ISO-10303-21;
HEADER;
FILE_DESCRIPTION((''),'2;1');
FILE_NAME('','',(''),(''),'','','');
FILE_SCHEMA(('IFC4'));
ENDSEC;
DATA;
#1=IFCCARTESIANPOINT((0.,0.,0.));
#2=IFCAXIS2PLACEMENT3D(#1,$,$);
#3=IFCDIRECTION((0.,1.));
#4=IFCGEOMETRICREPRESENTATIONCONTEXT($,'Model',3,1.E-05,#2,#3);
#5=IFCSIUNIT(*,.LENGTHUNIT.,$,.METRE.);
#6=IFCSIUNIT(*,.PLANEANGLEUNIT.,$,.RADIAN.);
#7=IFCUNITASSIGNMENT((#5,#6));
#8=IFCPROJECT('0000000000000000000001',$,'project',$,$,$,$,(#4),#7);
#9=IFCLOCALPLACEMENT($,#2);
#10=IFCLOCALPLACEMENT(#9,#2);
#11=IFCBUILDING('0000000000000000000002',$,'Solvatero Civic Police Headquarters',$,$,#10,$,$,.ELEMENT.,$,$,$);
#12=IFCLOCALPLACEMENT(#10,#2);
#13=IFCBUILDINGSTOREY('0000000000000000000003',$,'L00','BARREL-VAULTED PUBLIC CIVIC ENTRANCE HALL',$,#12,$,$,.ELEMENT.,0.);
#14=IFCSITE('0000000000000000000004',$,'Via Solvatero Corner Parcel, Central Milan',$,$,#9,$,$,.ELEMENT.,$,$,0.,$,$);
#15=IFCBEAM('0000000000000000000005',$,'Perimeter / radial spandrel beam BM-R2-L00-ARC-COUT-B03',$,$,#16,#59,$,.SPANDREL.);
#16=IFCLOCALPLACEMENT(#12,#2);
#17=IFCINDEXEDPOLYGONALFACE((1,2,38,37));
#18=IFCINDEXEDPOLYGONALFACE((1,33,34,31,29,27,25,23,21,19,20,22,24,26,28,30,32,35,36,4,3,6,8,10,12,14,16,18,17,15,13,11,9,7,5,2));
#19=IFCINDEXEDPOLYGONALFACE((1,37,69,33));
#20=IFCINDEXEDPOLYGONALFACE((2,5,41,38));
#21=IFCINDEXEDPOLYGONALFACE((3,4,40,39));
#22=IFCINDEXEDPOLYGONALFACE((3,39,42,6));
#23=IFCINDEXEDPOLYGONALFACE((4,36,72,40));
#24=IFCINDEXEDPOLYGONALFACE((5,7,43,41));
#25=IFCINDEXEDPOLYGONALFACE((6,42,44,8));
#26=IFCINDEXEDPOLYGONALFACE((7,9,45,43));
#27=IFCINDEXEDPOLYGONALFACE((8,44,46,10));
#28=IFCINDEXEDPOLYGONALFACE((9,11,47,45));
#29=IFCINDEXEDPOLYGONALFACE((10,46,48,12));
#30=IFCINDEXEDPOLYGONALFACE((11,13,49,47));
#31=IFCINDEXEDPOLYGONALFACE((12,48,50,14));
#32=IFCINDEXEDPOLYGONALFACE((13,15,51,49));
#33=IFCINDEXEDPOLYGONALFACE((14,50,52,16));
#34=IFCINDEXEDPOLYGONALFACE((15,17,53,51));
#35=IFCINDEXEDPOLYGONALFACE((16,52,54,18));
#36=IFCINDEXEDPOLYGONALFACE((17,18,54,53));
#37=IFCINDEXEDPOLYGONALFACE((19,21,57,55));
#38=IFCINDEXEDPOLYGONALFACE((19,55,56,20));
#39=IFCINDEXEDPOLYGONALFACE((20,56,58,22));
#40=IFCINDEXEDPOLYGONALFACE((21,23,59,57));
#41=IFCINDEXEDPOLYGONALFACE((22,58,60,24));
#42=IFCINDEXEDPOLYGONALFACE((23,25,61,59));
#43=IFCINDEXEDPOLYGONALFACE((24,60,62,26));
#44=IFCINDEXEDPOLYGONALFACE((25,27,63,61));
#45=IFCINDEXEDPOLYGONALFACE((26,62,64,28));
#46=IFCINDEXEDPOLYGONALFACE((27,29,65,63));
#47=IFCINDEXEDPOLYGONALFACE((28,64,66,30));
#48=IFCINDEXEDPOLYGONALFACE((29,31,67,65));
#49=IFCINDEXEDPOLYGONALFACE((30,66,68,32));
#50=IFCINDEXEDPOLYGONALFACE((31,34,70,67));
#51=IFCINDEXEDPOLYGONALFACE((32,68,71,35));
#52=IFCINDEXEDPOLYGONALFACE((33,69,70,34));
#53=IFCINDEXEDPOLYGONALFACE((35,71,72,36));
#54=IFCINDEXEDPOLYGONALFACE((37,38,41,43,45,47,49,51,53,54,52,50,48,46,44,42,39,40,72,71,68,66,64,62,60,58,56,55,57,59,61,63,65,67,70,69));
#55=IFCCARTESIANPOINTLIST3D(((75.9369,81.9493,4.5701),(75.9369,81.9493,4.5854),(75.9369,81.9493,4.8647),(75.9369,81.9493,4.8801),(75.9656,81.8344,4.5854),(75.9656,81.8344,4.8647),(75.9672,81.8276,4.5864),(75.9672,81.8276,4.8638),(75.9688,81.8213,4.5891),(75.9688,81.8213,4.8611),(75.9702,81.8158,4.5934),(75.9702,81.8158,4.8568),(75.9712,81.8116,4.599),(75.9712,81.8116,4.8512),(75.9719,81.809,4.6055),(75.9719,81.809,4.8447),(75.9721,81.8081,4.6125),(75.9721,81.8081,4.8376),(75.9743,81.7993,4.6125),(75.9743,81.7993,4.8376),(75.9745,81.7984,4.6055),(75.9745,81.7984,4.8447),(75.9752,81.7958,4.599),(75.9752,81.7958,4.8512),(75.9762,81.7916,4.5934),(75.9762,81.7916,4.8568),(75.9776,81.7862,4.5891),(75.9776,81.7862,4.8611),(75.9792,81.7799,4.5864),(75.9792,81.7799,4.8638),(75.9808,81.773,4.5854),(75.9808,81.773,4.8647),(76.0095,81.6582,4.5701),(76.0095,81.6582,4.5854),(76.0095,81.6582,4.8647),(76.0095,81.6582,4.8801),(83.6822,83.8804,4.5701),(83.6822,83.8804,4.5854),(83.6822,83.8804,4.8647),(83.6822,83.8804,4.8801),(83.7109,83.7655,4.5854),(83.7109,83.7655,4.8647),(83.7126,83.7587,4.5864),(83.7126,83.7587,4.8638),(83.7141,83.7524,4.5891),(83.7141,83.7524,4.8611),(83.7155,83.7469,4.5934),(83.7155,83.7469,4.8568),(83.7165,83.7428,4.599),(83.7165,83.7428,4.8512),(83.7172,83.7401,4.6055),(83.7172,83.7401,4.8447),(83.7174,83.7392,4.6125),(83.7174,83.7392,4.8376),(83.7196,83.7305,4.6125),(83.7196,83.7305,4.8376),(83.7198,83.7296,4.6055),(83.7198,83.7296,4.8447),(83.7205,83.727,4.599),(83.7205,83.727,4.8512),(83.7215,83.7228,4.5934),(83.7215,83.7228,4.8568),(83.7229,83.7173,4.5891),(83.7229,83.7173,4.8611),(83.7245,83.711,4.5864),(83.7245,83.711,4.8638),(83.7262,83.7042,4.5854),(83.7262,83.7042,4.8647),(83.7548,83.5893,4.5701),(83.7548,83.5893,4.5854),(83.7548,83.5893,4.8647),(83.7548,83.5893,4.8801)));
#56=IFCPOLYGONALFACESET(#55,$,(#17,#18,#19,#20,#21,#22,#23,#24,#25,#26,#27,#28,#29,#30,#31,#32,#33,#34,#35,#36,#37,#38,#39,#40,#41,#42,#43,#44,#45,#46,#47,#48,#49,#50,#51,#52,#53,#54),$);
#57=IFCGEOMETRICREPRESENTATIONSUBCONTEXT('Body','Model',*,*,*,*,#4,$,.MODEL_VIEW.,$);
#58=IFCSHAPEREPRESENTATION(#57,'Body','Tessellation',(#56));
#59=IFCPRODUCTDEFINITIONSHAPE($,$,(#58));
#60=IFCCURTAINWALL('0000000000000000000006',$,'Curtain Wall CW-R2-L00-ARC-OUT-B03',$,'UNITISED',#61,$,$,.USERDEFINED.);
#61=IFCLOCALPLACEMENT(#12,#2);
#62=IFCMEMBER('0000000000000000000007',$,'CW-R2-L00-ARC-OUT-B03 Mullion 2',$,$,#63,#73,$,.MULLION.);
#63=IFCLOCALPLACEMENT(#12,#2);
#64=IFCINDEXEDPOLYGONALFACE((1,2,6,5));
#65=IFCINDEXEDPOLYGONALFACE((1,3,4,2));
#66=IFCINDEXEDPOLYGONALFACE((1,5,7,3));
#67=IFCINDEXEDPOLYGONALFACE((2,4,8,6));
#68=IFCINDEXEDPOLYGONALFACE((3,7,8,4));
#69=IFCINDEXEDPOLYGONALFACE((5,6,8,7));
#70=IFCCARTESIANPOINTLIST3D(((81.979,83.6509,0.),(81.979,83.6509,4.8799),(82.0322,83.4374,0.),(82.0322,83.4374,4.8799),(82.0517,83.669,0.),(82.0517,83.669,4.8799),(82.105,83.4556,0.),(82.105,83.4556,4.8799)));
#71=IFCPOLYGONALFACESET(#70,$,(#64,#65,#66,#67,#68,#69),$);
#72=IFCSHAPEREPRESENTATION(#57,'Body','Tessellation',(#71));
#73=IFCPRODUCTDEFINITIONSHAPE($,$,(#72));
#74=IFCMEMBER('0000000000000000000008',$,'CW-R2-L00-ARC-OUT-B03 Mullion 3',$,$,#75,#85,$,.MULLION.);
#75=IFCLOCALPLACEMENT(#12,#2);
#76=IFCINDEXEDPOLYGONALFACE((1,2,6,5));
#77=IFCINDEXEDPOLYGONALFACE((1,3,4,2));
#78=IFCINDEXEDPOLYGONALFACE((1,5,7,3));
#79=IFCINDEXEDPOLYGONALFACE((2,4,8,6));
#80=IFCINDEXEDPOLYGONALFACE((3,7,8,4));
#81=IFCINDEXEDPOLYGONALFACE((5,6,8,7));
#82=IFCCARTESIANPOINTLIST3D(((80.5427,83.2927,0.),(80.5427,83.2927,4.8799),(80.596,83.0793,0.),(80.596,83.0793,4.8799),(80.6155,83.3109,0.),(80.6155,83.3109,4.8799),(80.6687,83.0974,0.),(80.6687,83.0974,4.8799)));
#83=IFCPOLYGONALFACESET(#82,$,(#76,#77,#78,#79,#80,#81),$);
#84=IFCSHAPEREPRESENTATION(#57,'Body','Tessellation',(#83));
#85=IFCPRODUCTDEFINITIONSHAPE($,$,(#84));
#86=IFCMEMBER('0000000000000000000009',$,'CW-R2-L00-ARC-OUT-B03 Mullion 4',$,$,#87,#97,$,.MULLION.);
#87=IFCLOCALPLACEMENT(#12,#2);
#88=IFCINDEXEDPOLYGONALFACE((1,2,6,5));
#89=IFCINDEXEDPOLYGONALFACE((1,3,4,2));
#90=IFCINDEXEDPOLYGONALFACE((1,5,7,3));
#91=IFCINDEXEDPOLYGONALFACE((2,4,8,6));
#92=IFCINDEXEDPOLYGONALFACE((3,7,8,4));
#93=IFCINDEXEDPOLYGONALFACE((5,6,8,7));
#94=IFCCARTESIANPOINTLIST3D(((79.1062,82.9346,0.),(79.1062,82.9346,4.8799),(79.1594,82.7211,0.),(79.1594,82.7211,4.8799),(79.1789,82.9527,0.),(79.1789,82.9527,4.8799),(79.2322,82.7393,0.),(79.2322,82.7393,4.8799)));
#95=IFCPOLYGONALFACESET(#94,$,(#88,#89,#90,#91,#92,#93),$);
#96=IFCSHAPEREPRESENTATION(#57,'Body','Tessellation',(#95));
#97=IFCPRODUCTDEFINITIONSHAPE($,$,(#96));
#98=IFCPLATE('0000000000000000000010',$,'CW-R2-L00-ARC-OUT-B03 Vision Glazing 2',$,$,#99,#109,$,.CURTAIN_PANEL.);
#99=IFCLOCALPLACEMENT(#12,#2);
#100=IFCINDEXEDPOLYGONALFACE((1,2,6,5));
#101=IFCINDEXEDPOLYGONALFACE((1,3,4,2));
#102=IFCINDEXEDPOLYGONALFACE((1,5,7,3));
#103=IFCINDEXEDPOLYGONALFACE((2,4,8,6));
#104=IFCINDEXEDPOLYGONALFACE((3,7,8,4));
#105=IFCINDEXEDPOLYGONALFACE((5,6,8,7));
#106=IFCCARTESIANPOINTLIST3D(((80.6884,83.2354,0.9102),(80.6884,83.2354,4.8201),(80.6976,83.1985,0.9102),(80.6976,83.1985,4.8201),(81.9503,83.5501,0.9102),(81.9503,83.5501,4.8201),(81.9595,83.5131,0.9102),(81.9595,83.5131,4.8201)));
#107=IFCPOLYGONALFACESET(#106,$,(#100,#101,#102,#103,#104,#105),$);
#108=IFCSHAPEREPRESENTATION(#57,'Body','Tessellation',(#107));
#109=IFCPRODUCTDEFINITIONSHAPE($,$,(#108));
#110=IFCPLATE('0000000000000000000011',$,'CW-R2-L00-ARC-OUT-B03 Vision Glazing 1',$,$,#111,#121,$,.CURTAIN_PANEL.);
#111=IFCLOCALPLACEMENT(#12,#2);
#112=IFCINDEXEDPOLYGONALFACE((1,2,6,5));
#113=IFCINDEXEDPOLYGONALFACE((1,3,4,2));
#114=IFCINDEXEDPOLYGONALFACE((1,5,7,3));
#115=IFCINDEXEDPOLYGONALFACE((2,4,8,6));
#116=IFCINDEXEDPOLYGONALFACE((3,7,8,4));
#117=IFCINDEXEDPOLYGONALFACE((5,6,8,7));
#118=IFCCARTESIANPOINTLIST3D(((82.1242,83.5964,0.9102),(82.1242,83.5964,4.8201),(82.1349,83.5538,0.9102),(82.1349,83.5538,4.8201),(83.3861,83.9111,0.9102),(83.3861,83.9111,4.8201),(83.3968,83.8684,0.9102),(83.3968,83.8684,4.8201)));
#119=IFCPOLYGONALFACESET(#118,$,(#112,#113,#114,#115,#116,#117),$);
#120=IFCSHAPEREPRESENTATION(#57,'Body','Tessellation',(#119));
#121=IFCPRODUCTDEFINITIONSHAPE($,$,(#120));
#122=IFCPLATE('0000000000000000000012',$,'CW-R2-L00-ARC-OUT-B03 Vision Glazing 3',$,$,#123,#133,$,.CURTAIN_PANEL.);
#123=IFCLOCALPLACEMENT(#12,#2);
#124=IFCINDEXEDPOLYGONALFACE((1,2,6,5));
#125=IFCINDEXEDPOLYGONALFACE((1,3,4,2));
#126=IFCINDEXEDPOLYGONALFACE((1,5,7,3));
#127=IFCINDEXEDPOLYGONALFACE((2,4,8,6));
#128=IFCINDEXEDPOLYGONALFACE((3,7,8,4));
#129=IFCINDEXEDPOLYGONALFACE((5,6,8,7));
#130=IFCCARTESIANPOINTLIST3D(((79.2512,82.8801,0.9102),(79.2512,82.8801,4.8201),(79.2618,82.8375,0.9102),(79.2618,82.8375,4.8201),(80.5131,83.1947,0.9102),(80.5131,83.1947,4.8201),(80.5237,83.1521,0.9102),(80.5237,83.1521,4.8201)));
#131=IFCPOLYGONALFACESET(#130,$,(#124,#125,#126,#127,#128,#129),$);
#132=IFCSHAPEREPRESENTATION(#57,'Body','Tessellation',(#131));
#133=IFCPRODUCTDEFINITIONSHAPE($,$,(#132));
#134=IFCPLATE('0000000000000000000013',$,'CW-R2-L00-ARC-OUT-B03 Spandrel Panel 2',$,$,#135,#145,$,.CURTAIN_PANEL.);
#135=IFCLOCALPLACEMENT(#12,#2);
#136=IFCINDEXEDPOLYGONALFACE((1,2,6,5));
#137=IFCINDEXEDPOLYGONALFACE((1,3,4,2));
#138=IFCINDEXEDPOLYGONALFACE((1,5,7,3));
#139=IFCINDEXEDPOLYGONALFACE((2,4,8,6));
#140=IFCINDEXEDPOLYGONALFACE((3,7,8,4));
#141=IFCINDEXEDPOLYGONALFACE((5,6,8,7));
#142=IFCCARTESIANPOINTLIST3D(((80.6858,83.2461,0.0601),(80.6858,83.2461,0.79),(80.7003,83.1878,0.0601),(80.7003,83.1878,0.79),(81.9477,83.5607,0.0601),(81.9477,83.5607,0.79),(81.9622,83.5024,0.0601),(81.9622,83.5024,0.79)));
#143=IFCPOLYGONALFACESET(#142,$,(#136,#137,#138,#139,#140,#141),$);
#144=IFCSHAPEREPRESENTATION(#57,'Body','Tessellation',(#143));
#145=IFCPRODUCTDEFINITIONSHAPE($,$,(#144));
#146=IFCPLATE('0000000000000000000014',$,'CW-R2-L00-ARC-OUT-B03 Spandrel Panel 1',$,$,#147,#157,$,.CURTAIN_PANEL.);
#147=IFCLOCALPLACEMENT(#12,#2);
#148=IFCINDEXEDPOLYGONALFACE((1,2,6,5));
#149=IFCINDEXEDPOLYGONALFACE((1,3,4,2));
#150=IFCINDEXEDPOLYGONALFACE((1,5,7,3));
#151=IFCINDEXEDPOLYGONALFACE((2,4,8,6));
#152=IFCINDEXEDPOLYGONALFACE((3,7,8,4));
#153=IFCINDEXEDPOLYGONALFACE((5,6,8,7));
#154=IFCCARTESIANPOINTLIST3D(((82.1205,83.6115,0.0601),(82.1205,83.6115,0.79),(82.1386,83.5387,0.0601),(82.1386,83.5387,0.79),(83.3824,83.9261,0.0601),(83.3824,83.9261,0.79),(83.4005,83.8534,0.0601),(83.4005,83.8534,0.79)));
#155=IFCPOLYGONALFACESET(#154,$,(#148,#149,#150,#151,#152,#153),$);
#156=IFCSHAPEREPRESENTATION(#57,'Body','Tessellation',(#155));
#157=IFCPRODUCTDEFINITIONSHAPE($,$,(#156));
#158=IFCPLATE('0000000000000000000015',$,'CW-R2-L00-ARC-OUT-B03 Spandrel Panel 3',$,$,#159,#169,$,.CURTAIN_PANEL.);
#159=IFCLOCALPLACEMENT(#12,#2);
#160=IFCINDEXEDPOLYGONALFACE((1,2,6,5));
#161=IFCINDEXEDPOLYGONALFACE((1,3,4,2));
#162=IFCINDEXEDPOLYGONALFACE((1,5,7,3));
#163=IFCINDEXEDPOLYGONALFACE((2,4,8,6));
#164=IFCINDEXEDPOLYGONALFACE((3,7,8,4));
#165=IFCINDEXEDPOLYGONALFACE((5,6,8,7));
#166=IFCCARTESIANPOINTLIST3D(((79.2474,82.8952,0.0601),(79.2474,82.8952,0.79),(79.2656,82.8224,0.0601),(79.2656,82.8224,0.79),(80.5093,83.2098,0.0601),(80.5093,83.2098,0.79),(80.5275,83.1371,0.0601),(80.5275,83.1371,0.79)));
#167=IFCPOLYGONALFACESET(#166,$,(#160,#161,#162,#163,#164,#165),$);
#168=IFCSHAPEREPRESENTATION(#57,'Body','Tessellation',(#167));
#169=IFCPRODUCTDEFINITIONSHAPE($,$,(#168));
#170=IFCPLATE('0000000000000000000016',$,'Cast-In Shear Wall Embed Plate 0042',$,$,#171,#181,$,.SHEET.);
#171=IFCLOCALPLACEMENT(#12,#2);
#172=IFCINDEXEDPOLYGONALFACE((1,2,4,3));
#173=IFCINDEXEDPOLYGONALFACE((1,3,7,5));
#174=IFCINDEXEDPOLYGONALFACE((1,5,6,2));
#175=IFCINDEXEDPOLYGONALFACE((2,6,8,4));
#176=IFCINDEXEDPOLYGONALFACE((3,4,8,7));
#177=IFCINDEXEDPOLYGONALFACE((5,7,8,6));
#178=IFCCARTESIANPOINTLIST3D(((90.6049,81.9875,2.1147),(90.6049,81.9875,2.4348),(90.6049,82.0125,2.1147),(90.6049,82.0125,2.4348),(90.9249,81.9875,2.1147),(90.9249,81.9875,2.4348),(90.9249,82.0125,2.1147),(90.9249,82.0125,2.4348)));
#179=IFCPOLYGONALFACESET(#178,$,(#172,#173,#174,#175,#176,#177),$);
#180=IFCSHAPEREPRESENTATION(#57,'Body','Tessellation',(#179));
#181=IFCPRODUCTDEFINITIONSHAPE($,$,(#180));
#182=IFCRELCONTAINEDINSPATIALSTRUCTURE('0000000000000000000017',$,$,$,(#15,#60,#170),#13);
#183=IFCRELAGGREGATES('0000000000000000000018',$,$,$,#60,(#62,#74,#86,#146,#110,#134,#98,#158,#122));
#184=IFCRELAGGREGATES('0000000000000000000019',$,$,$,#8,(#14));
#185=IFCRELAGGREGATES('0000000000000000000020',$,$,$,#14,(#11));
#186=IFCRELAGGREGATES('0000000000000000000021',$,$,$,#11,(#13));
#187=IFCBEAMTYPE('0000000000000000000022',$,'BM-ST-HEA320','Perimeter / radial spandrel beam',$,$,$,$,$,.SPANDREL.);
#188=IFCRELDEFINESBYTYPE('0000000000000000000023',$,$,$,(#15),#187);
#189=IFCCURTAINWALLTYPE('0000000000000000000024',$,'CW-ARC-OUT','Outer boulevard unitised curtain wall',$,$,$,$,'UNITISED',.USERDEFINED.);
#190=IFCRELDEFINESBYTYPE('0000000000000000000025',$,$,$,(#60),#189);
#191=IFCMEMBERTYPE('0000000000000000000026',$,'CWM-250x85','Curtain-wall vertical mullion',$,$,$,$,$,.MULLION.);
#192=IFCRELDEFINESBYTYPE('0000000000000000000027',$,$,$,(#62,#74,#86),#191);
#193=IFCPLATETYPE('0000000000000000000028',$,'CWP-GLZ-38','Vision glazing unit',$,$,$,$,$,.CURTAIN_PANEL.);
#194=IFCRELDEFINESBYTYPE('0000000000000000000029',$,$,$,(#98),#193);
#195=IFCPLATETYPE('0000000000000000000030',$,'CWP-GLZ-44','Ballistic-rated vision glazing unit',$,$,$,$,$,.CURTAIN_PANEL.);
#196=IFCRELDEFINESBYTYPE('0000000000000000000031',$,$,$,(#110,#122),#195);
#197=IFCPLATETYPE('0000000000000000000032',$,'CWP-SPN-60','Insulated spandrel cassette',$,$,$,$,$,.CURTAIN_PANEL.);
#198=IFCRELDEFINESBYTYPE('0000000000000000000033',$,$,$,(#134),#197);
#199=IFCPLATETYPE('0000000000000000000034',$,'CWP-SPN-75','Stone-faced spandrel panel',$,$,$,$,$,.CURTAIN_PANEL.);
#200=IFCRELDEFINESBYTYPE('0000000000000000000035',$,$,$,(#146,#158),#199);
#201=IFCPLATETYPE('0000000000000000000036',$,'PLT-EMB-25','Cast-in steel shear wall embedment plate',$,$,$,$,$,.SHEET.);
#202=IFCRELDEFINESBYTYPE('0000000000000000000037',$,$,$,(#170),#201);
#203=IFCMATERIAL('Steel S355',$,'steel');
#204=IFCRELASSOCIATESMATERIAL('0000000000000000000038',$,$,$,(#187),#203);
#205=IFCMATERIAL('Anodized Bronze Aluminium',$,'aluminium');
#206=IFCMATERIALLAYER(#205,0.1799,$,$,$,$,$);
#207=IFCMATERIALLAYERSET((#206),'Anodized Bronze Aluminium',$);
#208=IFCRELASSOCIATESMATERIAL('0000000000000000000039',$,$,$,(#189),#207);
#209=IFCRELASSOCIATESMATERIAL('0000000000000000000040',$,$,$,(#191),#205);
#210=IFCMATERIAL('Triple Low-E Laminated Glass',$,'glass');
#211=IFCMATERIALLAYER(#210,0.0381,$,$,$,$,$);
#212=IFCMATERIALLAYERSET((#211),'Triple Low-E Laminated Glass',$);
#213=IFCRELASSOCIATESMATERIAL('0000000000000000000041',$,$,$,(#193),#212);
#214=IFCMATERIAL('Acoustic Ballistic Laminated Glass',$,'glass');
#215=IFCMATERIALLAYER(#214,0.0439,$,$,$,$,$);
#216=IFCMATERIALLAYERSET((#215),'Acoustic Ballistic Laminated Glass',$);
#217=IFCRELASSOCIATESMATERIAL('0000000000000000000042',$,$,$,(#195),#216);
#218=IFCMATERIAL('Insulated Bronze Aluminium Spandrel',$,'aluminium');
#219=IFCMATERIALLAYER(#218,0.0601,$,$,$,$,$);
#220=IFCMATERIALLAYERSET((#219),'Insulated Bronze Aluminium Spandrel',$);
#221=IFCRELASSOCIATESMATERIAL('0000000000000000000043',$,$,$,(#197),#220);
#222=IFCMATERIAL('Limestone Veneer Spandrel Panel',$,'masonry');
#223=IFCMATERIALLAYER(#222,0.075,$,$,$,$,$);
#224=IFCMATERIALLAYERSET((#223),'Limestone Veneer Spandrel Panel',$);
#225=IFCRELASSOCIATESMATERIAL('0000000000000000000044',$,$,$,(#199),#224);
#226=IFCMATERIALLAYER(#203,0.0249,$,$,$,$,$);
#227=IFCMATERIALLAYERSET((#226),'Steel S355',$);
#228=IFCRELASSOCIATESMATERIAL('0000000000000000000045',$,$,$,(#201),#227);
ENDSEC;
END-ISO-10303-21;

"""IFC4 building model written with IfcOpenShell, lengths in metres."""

from ifc_helpers import new_model, si_unit, direction, frame, origin, origin_2d, place, context, subcontext, project, spatial, rectangle, i_section, extrude, material, layer, layer_set, material_profile, profile_set, type_object, element, aggregate, save


model = new_model("IFC4")

# Units and contexts
model_context = context("Model", 3, precision=1e-05, world=origin(), true_north=direction((0.0, 1.0)))
body_context = subcontext(model_context, "Body", "Model", "MODEL_VIEW")
ifc_project = project(units=[si_unit("LENGTHUNIT", "METRE"), si_unit("PLANEANGLEUNIT", "RADIAN")], contexts=[model_context])

# Site, building, storey
site_placement = place(None, origin())
site = spatial("IfcSite", under=ifc_project, at=site_placement, Name="Via Solvatero Corner Parcel, Central Milan", CompositionType="ELEMENT", RefElevation=0.0)
building_placement = place(site_placement, origin())
building = spatial("IfcBuilding", under=site, at=building_placement, Name="Solvatero Civic Police Headquarters", CompositionType="ELEMENT")
storey_placement = place(building_placement, origin())
storey = spatial("IfcBuildingStorey", under=building, at=storey_placement, Name="L00", Description="BARREL-VAULTED PUBLIC CIVIC ENTRANCE HALL", CompositionType="ELEMENT", Elevation=0.0)

# Beam
ifc_material_1 = material(Name="Steel S355", Category="steel")
ifc_material_profile_1 = material_profile(ifc_material_1, i_section(OverallWidth=0.3, OverallDepth=0.3101, WebThickness=0.009, FlangeThickness=0.0154, FilletRadius=0.0271, at=origin_2d()), Name="HEA 320")
ifc_profile_set_1 = profile_set([ifc_material_profile_1], Name="Steel S355")
beam_type = type_object("IfcBeamType", Name="BM-ST-HEA320", Description="Perimeter / radial spandrel beam", PredefinedType="SPANDREL", material=ifc_profile_set_1)
beam_placement = place(storey_placement, frame((83.7185, 83.7349, 4.7251), z_axis=(-0.970295, -0.241924, 0.0), x_axis=(0.241924, -0.970295, 0.0)))
element("IfcBeam", 1, at=beam_placement, inside=storey, type_object=beam_type, Name="Perimeter / radial spandrel beam BM-R2-L00-ARC-COUT-B03", PredefinedType="SPANDREL", context=body_context, shape_type="SweptSolid", body=[
    extrude(i_section(OverallWidth=0.3, OverallDepth=0.3101, WebThickness=0.009, FlangeThickness=0.0154, FilletRadius=0.0271, at=origin_2d()), origin(), (0.0, 0.0, 1.0), 7.9824),
])

# Curtain wall, members, plates
ifc_material_2 = material(Name="Anodized Bronze Aluminium", Category="aluminium")
ifc_layer_1 = layer(ifc_material_2, 0.1799)
ifc_layer_set_1 = layer_set([ifc_layer_1], Name="Anodized Bronze Aluminium")
curtain_wall_type = type_object("IfcCurtainWallType", Name="CW-ARC-OUT", Description="Outer boulevard unitised curtain wall", ElementType="UNITISED", PredefinedType="USERDEFINED", material=ifc_layer_set_1)
curtain_wall_placement = place(storey_placement, origin())
curtain_wall = element("IfcCurtainWall", 2, at=curtain_wall_placement, inside=storey, type_object=curtain_wall_type, Name="Curtain Wall CW-R2-L00-ARC-OUT-B03", ObjectType="UNITISED", PredefinedType="USERDEFINED")
ifc_material_profile_2 = material_profile(ifc_material_2, rectangle(XDim=0.075, YDim=0.22, at=origin_2d()), Name="ALU MULLION 75x220")
ifc_profile_set_2 = profile_set([ifc_material_profile_2], Name="Anodized Bronze Aluminium")
member_type = type_object("IfcMemberType", Name="CWM-250x85", Description="Curtain-wall vertical mullion", PredefinedType="MULLION", material=ifc_profile_set_2)
member_1_placement = place(storey_placement, frame((82.042, 83.5532, 0.0), z_axis=(0.0, 0.0, 1.0), x_axis=(-0.970296, -0.241922, 0.0)))
member_1 = element("IfcMember", 3, at=member_1_placement, type_object=member_type, Name="CW-R2-L00-ARC-OUT-B03 Mullion 2", PredefinedType="MULLION", context=body_context, shape_type="SweptSolid", body=[
    extrude(rectangle(XDim=0.075, YDim=0.22, at=origin_2d()), origin(), (0.0, 0.0, 1.0), 4.8799),
])
member_2_placement = place(storey_placement, frame((80.6057, 83.1951, 0.0), z_axis=(0.0, 0.0, 1.0), x_axis=(-0.970296, -0.241922, 0.0)))
member_2 = element("IfcMember", 4, at=member_2_placement, type_object=member_type, Name="CW-R2-L00-ARC-OUT-B03 Mullion 3", PredefinedType="MULLION", context=body_context, shape_type="SweptSolid", body=[
    extrude(rectangle(XDim=0.075, YDim=0.22, at=origin_2d()), origin(), (0.0, 0.0, 1.0), 4.8799),
])
member_3_placement = place(storey_placement, frame((79.1692, 82.8369, 0.0), z_axis=(0.0, 0.0, 1.0), x_axis=(-0.970296, -0.241922, 0.0)))
member_3 = element("IfcMember", 5, at=member_3_placement, type_object=member_type, Name="CW-R2-L00-ARC-OUT-B03 Mullion 4", PredefinedType="MULLION", context=body_context, shape_type="SweptSolid", body=[
    extrude(rectangle(XDim=0.075, YDim=0.22, at=origin_2d()), origin(), (0.0, 0.0, 1.0), 4.8799),
])
ifc_material_3 = material(Name="Triple Low-E Laminated Glass", Category="glass")
ifc_layer_2 = layer(ifc_material_3, 0.0381)
ifc_layer_set_2 = layer_set([ifc_layer_2], Name="Triple Low-E Laminated Glass")
plate_type_1 = type_object("IfcPlateType", Name="CWP-GLZ-38", Description="Vision glazing unit", PredefinedType="CURTAIN_PANEL", material=ifc_layer_set_2)
plate_1_placement = place(storey_placement, frame((81.324, 83.3743, 0.9102), z_axis=(0.0, 0.0, 1.0), x_axis=(-0.970296, -0.241922, 0.0)))
plate_1 = element("IfcPlate", 6, at=plate_1_placement, type_object=plate_type_1, Name="CW-R2-L00-ARC-OUT-B03 Vision Glazing 2", PredefinedType="CURTAIN_PANEL", context=body_context, shape_type="SweptSolid", body=[
    extrude(rectangle(XDim=1.3005, YDim=0.0381, at=origin_2d()), origin(), (0.0, 0.0, 1.0), 3.9099),
])
ifc_material_4 = material(Name="Acoustic Ballistic Laminated Glass", Category="glass")
ifc_layer_3 = layer(ifc_material_4, 0.0439)
ifc_layer_set_3 = layer_set([ifc_layer_3], Name="Acoustic Ballistic Laminated Glass")
plate_type_2 = type_object("IfcPlateType", Name="CWP-GLZ-44", Description="Ballistic-rated vision glazing unit", PredefinedType="CURTAIN_PANEL", material=ifc_layer_set_3)
plate_2_placement = place(storey_placement, frame((82.7605, 83.7324, 0.9102), z_axis=(0.0, 0.0, 1.0), x_axis=(-0.970296, -0.241922, 0.0)))
plate_2 = element("IfcPlate", 7, at=plate_2_placement, type_object=plate_type_2, Name="CW-R2-L00-ARC-OUT-B03 Vision Glazing 1", PredefinedType="CURTAIN_PANEL", context=body_context, shape_type="SweptSolid", body=[
    extrude(rectangle(XDim=1.3005, YDim=0.0439, at=origin_2d()), origin(), (0.0, 0.0, 1.0), 3.9099),
])
plate_3_placement = place(storey_placement, frame((79.8875, 83.0161, 0.9102), z_axis=(0.0, 0.0, 1.0), x_axis=(-0.970296, -0.241922, 0.0)))
plate_3 = element("IfcPlate", 8, at=plate_3_placement, type_object=plate_type_2, Name="CW-R2-L00-ARC-OUT-B03 Vision Glazing 3", PredefinedType="CURTAIN_PANEL", context=body_context, shape_type="SweptSolid", body=[
    extrude(rectangle(XDim=1.3005, YDim=0.0439, at=origin_2d()), origin(), (0.0, 0.0, 1.0), 3.9099),
])
ifc_material_5 = material(Name="Insulated Bronze Aluminium Spandrel", Category="aluminium")
ifc_layer_4 = layer(ifc_material_5, 0.0601)
ifc_layer_set_4 = layer_set([ifc_layer_4], Name="Insulated Bronze Aluminium Spandrel")
plate_type_3 = type_object("IfcPlateType", Name="CWP-SPN-60", Description="Insulated spandrel cassette", PredefinedType="CURTAIN_PANEL", material=ifc_layer_set_4)
plate_4_placement = place(storey_placement, frame((81.324, 83.3743, 0.0601), z_axis=(0.0, 0.0, 1.0), x_axis=(-0.970296, -0.241922, 0.0)))
plate_4 = element("IfcPlate", 9, at=plate_4_placement, type_object=plate_type_3, Name="CW-R2-L00-ARC-OUT-B03 Spandrel Panel 2", PredefinedType="CURTAIN_PANEL", context=body_context, shape_type="SweptSolid", body=[
    extrude(rectangle(XDim=1.3005, YDim=0.0601, at=origin_2d()), origin(), (0.0, 0.0, 1.0), 0.73),
])
ifc_material_6 = material(Name="Limestone Veneer Spandrel Panel", Category="masonry")
ifc_layer_5 = layer(ifc_material_6, 0.075)
ifc_layer_set_5 = layer_set([ifc_layer_5], Name="Limestone Veneer Spandrel Panel")
plate_type_4 = type_object("IfcPlateType", Name="CWP-SPN-75", Description="Stone-faced spandrel panel", PredefinedType="CURTAIN_PANEL", material=ifc_layer_set_5)
plate_5_placement = place(storey_placement, frame((82.7605, 83.7324, 0.0601), z_axis=(0.0, 0.0, 1.0), x_axis=(-0.970296, -0.241922, 0.0)))
plate_5 = element("IfcPlate", 10, at=plate_5_placement, type_object=plate_type_4, Name="CW-R2-L00-ARC-OUT-B03 Spandrel Panel 1", PredefinedType="CURTAIN_PANEL", context=body_context, shape_type="SweptSolid", body=[
    extrude(rectangle(XDim=1.3005, YDim=0.075, at=origin_2d()), origin(), (0.0, 0.0, 1.0), 0.73),
])
plate_6_placement = place(storey_placement, frame((79.8875, 83.0161, 0.0601), z_axis=(0.0, 0.0, 1.0), x_axis=(-0.970296, -0.241922, 0.0)))
plate_6 = element("IfcPlate", 11, at=plate_6_placement, type_object=plate_type_4, Name="CW-R2-L00-ARC-OUT-B03 Spandrel Panel 3", PredefinedType="CURTAIN_PANEL", context=body_context, shape_type="SweptSolid", body=[
    extrude(rectangle(XDim=1.3005, YDim=0.075, at=origin_2d()), origin(), (0.0, 0.0, 1.0), 0.73),
])
aggregate(curtain_wall, [member_1, member_2, member_3, plate_5, plate_2, plate_4, plate_1, plate_6, plate_3])

# Plate
ifc_layer_6 = layer(ifc_material_1, 0.0249)
ifc_layer_set_6 = layer_set([ifc_layer_6], Name="Steel S355")
plate_type_5 = type_object("IfcPlateType", Name="PLT-EMB-25", Description="Cast-in steel shear wall embedment plate", PredefinedType="SHEET", material=ifc_layer_set_6)
plate_7_placement = place(storey_placement, frame((90.7649, 82.0, 2.1147), z_axis=(0.0, 0.0, 1.0), x_axis=(1.0, 0.0, 0.0)))
element("IfcPlate", 12, at=plate_7_placement, inside=storey, type_object=plate_type_5, Name="Cast-In Shear Wall Embed Plate 0042", PredefinedType="SHEET", context=body_context, shape_type="SweptSolid", body=[
    extrude(rectangle(XDim=0.3201, YDim=0.0249, at=origin_2d()), origin(), (0.0, 0.0, 1.0), 0.3201),
])

save(model, "model.ifc")
